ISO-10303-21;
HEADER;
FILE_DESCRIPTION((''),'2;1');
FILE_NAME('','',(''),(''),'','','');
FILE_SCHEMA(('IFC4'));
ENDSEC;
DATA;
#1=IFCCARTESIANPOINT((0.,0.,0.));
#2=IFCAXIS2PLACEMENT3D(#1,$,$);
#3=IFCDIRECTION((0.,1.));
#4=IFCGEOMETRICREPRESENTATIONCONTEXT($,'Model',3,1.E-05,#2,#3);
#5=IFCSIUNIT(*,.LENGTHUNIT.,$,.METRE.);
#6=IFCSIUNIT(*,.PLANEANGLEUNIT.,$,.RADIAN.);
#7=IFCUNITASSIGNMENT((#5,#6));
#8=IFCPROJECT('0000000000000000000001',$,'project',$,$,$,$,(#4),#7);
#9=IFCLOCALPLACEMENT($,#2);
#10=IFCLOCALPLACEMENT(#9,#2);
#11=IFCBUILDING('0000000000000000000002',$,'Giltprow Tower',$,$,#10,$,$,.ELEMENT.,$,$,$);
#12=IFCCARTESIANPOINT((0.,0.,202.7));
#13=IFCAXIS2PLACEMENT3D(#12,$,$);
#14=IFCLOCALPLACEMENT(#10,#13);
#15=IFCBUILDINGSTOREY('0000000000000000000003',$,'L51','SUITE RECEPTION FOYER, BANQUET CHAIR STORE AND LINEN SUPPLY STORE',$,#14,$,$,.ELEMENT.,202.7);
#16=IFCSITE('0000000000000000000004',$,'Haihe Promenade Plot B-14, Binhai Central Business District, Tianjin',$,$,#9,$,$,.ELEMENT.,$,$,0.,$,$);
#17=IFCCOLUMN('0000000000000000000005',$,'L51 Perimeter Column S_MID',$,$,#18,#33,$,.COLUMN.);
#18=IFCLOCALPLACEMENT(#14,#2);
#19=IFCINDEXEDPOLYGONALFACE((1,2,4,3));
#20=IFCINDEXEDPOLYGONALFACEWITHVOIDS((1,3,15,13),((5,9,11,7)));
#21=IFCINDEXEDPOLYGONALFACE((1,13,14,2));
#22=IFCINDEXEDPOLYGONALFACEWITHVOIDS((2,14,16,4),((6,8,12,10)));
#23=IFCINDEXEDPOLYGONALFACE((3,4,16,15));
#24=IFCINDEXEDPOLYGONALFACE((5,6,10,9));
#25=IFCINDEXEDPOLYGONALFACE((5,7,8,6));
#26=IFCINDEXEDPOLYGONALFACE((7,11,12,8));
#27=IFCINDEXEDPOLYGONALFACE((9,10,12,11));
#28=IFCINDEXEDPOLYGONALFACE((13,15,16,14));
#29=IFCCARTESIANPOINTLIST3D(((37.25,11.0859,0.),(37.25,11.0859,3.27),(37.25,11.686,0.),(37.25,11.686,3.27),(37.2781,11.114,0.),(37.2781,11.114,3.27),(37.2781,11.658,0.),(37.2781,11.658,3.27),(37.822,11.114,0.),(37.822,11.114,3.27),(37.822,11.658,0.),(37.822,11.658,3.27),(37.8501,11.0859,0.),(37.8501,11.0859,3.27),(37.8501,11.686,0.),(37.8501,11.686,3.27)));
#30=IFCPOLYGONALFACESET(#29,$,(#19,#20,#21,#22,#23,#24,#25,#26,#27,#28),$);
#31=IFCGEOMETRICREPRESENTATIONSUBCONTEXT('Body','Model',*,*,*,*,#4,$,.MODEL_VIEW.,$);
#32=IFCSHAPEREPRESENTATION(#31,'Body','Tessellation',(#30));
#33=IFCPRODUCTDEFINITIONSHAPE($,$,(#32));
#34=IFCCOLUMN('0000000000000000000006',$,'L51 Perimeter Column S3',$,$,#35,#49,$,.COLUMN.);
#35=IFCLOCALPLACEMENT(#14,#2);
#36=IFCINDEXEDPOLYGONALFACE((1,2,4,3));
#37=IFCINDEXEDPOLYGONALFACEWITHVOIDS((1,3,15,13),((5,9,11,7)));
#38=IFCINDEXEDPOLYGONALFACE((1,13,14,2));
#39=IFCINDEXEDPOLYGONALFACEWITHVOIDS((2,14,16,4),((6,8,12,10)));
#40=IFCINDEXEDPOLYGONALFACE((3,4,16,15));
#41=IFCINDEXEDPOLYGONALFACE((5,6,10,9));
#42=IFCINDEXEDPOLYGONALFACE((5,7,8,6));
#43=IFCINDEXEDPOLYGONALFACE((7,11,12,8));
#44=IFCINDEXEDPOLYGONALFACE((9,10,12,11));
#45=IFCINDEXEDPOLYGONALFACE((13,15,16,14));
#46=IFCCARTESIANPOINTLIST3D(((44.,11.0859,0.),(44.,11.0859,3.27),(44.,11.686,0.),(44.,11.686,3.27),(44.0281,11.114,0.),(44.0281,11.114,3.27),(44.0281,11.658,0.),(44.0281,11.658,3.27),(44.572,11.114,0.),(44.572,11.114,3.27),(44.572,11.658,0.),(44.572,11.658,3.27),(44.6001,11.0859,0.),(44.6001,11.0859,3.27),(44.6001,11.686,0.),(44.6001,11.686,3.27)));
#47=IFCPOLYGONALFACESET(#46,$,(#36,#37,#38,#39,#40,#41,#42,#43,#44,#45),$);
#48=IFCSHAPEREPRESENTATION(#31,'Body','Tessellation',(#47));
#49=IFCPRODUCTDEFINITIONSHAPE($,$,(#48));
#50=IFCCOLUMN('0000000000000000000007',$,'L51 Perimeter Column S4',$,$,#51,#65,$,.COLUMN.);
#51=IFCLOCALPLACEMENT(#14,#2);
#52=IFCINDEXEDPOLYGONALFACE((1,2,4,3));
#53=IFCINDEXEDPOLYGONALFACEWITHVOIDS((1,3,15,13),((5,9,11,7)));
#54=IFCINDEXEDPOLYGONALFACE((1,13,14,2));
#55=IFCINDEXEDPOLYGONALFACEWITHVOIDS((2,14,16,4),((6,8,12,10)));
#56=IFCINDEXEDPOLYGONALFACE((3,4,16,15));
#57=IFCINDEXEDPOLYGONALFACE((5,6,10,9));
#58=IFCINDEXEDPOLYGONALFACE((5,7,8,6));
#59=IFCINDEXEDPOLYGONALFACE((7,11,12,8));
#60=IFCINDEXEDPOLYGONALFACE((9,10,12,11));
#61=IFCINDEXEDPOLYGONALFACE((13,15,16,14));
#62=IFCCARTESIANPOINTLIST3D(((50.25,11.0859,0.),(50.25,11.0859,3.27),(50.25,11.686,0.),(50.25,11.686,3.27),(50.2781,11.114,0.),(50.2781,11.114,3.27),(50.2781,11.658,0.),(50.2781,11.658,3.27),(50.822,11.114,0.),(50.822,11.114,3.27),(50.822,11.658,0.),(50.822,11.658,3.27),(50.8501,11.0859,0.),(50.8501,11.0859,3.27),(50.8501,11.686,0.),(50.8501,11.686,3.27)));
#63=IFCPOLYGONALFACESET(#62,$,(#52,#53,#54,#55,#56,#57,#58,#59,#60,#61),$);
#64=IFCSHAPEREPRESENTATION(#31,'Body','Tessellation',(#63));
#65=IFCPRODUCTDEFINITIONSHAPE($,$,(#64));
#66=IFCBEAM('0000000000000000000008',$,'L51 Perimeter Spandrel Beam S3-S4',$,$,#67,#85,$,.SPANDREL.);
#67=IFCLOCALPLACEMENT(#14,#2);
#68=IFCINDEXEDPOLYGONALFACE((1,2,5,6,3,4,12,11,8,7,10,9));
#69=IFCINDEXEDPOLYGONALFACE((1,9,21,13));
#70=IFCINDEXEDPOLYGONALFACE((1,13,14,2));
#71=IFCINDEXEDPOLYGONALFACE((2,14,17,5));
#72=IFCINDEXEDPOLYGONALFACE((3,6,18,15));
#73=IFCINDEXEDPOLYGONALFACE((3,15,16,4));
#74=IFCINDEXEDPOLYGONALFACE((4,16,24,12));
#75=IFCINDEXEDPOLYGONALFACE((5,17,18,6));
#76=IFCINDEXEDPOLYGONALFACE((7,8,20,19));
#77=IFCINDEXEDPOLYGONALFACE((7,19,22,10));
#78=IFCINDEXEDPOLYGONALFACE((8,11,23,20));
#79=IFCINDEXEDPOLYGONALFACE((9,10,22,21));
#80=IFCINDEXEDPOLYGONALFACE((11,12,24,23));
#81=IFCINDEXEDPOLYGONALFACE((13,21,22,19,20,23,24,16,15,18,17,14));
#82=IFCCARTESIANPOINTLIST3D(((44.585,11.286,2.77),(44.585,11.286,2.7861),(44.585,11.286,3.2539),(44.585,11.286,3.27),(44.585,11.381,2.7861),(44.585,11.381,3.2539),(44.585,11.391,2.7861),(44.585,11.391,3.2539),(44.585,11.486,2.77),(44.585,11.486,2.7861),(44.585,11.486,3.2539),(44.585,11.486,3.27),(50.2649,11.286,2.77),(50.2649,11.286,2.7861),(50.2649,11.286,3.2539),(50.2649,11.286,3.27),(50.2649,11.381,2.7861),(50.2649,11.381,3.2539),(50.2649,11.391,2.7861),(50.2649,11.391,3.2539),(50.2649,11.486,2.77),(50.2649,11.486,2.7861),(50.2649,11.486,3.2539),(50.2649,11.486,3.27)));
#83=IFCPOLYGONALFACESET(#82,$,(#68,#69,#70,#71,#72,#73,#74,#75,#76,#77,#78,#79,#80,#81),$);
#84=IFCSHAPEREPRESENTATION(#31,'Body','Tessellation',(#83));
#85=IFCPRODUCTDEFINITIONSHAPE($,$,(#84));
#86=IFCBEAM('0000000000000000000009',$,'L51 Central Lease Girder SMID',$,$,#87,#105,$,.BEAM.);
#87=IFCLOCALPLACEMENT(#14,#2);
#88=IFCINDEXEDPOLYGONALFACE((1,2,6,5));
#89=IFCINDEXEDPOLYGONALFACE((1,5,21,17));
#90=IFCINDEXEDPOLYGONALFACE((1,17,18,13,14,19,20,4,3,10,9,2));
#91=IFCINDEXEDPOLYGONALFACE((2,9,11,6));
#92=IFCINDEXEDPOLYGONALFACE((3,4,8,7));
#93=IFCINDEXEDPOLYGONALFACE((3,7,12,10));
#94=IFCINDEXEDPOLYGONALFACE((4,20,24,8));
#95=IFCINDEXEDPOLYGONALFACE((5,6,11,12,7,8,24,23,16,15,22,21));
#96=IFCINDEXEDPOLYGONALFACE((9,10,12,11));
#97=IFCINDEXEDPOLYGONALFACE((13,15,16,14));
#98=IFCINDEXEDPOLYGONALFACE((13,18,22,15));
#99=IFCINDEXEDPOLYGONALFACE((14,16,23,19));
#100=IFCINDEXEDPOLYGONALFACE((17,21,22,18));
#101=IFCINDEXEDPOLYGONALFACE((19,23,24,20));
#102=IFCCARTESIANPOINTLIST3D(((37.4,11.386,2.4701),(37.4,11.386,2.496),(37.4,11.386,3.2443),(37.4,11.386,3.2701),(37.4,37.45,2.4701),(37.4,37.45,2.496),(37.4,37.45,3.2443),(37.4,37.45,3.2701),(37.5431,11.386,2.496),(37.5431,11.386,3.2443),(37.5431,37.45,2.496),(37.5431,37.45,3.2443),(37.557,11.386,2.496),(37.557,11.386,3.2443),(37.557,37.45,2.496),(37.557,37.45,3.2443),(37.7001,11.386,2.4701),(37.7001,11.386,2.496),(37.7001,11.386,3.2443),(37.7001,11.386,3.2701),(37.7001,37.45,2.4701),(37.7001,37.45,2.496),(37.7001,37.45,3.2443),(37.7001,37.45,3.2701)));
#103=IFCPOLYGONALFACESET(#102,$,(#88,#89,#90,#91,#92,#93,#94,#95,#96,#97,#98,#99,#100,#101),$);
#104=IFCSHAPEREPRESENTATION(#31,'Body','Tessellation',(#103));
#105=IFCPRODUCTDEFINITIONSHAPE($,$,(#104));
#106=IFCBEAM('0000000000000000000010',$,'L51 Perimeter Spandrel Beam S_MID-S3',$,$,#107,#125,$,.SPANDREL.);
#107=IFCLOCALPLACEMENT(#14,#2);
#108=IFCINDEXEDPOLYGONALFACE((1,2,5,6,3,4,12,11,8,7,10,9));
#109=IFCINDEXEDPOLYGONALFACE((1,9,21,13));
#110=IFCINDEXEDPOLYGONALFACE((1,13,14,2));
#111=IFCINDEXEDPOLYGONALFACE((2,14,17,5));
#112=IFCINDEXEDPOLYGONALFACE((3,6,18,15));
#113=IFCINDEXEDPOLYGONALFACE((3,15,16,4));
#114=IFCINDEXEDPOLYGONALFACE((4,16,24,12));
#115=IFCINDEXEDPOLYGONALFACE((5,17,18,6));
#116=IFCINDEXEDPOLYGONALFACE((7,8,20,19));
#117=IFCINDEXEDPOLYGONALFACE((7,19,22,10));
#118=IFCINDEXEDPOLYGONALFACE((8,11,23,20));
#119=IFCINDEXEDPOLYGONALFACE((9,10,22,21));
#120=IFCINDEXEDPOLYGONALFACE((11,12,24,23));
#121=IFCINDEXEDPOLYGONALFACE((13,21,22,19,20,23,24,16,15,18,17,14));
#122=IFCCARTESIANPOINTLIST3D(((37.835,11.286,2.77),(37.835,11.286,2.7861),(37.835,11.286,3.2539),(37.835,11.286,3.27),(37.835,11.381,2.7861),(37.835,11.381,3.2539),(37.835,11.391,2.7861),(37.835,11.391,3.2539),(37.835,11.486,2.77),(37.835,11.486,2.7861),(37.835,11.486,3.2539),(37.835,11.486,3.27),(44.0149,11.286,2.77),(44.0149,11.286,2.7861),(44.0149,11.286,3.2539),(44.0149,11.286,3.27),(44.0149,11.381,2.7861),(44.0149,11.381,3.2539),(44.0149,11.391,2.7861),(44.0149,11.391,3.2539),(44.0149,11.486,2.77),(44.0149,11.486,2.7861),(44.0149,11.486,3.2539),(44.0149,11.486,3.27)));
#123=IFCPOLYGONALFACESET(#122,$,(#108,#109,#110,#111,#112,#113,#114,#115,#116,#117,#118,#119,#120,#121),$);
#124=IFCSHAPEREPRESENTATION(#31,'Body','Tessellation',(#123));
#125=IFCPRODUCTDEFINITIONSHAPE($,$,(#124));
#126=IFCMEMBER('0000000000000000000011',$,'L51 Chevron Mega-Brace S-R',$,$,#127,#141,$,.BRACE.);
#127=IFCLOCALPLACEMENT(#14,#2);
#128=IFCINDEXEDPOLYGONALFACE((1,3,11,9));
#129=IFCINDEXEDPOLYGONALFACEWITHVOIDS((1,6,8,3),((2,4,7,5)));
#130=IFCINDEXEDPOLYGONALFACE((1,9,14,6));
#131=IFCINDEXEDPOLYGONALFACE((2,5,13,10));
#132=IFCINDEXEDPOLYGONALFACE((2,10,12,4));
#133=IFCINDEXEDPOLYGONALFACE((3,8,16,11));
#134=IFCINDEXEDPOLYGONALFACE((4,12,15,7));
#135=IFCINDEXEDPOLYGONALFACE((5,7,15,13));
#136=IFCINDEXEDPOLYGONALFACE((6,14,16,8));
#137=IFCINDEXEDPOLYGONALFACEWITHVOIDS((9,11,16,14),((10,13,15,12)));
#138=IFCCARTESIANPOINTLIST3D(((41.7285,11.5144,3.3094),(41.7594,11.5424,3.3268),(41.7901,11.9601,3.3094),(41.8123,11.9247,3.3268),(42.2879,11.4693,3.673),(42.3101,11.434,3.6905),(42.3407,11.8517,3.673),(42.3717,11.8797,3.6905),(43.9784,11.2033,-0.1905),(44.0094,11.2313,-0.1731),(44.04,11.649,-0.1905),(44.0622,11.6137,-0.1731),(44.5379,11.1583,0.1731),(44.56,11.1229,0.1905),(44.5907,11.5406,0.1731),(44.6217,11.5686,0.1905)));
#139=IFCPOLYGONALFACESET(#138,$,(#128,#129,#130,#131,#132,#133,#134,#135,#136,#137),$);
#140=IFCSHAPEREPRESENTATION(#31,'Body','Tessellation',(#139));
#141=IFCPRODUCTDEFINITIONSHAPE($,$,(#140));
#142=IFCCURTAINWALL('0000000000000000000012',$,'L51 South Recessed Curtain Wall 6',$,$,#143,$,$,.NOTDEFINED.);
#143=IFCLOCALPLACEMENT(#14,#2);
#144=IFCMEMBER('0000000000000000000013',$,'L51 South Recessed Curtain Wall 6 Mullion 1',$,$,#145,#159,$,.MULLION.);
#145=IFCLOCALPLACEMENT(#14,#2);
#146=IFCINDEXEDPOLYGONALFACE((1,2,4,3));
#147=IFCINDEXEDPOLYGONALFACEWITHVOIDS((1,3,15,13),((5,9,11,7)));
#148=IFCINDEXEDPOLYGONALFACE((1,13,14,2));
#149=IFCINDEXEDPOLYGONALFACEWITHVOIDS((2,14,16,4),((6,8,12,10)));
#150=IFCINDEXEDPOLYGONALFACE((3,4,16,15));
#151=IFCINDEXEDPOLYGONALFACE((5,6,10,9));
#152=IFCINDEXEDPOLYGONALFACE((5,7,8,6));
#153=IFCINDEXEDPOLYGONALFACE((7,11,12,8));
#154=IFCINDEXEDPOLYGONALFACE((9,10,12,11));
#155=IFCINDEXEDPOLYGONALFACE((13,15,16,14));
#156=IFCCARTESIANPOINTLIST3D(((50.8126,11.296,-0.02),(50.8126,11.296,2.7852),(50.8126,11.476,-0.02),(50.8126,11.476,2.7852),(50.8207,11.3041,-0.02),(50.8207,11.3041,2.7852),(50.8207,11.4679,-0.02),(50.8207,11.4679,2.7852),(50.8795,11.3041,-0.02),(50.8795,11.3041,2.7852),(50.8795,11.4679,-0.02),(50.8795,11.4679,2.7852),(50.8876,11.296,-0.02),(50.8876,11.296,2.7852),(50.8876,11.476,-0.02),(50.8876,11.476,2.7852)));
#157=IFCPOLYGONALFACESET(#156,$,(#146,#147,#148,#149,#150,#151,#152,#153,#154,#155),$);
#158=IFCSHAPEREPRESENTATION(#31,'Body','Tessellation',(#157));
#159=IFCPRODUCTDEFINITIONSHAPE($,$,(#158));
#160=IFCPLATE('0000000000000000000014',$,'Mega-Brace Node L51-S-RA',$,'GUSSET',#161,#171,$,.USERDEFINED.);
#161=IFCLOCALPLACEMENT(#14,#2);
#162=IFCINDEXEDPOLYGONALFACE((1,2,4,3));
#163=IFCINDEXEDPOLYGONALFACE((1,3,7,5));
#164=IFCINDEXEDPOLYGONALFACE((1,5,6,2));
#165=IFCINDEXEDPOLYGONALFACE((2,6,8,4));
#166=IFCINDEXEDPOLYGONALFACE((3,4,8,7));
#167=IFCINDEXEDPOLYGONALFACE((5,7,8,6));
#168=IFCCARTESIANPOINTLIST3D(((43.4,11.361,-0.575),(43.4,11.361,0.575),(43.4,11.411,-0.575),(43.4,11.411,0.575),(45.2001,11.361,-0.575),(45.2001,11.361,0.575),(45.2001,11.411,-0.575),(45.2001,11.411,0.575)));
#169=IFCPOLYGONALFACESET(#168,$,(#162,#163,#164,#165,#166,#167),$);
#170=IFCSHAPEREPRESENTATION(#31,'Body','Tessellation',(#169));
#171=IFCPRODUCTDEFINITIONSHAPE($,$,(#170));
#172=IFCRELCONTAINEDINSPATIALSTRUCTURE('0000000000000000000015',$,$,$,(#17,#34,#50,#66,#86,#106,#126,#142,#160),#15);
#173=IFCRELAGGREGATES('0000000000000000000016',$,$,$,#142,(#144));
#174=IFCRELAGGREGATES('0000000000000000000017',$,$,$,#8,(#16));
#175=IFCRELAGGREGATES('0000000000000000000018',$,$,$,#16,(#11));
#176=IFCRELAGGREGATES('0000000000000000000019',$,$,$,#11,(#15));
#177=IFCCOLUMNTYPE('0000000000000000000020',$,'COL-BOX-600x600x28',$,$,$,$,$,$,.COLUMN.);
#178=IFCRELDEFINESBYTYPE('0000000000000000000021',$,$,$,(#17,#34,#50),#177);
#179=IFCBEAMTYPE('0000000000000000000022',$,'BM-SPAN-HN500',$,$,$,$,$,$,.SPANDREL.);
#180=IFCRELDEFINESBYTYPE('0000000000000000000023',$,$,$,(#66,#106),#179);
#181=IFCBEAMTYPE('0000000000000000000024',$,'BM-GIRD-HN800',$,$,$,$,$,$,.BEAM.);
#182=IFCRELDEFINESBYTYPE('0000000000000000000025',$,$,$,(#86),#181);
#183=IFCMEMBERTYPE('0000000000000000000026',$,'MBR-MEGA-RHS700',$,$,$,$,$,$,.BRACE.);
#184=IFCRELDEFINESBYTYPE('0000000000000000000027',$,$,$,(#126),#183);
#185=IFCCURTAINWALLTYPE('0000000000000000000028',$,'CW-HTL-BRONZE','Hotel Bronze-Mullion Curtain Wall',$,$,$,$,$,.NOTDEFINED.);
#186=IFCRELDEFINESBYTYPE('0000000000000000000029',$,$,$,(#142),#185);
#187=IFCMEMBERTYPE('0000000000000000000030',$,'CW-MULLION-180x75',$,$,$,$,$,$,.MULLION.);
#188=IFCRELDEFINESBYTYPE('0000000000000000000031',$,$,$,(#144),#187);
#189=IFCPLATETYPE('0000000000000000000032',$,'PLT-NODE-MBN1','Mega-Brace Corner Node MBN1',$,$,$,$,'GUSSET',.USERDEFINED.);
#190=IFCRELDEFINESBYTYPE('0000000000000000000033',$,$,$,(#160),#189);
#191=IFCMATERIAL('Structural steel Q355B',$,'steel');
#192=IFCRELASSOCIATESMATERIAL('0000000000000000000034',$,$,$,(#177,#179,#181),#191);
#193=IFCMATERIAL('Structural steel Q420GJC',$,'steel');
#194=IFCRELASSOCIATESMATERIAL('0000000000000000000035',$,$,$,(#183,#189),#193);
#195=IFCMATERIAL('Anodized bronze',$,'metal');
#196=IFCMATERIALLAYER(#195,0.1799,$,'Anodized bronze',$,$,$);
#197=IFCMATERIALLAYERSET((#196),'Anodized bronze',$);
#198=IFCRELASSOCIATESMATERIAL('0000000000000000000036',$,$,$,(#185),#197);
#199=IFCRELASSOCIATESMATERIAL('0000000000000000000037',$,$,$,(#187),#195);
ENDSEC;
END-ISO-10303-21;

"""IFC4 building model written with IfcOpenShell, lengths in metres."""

from ifc_helpers import new_model, si_unit, direction, frame, origin, origin_2d, place, context, subcontext, project, spatial, rectangle, hollow_rectangle, i_section, extrude, source, transform, mapped, material, layer, layer_set, material_profile, profile_set, type_object, element, aggregate, save


model = new_model("IFC4")

# Units and contexts
model_context = context("Model", 3, precision=1e-05, world=origin(), true_north=direction((0.0, 1.0)))
body_context = subcontext(model_context, "Body", "Model", "MODEL_VIEW")
ifc_project = project(units=[si_unit("LENGTHUNIT", "METRE"), si_unit("PLANEANGLEUNIT", "RADIAN")], contexts=[model_context])

# Site, building, storey
site_placement = place(None, origin())
site = spatial("IfcSite", under=ifc_project, at=site_placement, Name="Haihe Promenade Plot B-14, Binhai Central Business District, Tianjin", CompositionType="ELEMENT", RefElevation=0.0)
building_placement = place(site_placement, origin())
building = spatial("IfcBuilding", under=site, at=building_placement, Name="Giltprow Tower", CompositionType="ELEMENT")
storey_placement = place(building_placement, frame((0.0, 0.0, 202.7)))
storey = spatial("IfcBuildingStorey", under=building, at=storey_placement, Name="L51", Description="SUITE RECEPTION FOYER, BANQUET CHAIR STORE AND LINEN SUPPLY STORE", CompositionType="ELEMENT", Elevation=202.7)

# Columns
ifc_material_1 = material(Name="Structural steel Q355B", Category="steel")
ifc_material_profile_1 = material_profile(ifc_material_1, hollow_rectangle(XDim=0.6001, YDim=0.6001, WallThickness=0.0281, at=origin_2d()), Name="BOX 600x600x28")
ifc_profile_set_1 = profile_set([ifc_material_profile_1], Name="Structural steel Q355B")
column_type = type_object("IfcColumnType", Name="COL-BOX-600x600x28", PredefinedType="COLUMN", material=ifc_profile_set_1)
shared_shape_1 = source(origin(), body_context, "Body", "SweptSolid", [
    extrude(hollow_rectangle(XDim=0.6001, YDim=0.6001, WallThickness=0.0281, at=origin_2d()), origin(), (0.0, 0.0, 1.0), 3.27),
])
for number, where, z_axis, x_axis, name in (
    (1, (37.55, 11.386, 0.0), (0.0, 0.0, 1.0), (1.0, 0.0, 0.0), "L51 Perimeter Column S_MID"),
    (2, (44.3, 11.386, 0.0), (0.0, 0.0, 1.0), (1.0, 0.0, 0.0), "L51 Perimeter Column S3"),
    (3, (50.55, 11.386, 0.0), (0.0, 0.0, 1.0), (1.0, 0.0, 0.0), "L51 Perimeter Column S4"),
):
    element("IfcColumn", number, at=place(storey_placement, frame(where, z_axis=z_axis, x_axis=x_axis)), inside=storey, type_object=column_type, Name=name, PredefinedType="COLUMN", context=body_context, shape_type="MappedRepresentation", body=[
        mapped(shared_shape_1, transform((0.0, 0.0, 0.0), x_axis=(1.0, 0.0, 0.0), y_axis=(0.0, 1.0, 0.0), z_axis=(0.0, 0.0, 1.0), scale=1.0)),
    ])

# Beams
ifc_material_profile_2 = material_profile(ifc_material_1, i_section(OverallWidth=0.2, OverallDepth=0.5, WebThickness=0.01, FlangeThickness=0.0161, at=origin_2d()), Name="HN 500x200x10x16")
ifc_profile_set_2 = profile_set([ifc_material_profile_2], Name="Structural steel Q355B")
beam_type_1 = type_object("IfcBeamType", Name="BM-SPAN-HN500", PredefinedType="SPANDREL", material=ifc_profile_set_2)
shared_shape_2 = source(origin(), body_context, "Body", "SweptSolid", [
    extrude(i_section(OverallWidth=0.2, OverallDepth=0.5, WebThickness=0.01, FlangeThickness=0.0161, at=origin_2d()), origin(), (0.0, 0.0, 1.0), 5.6799),
])
beam_1_placement = place(storey_placement, frame((44.585, 11.386, 3.02), z_axis=(1.0, 0.0, 0.0), x_axis=(0.0, 1.0, 0.0)))
element("IfcBeam", 4, at=beam_1_placement, inside=storey, type_object=beam_type_1, Name="L51 Perimeter Spandrel Beam S3-S4", PredefinedType="SPANDREL", context=body_context, shape_type="MappedRepresentation", body=[
    mapped(shared_shape_2, transform((0.0, 0.0, 0.0), x_axis=(1.0, 0.0, 0.0), y_axis=(0.0, 1.0, 0.0), z_axis=(0.0, 0.0, 1.0), scale=1.0)),
])
ifc_material_profile_3 = material_profile(ifc_material_1, i_section(OverallWidth=0.3, OverallDepth=0.8, WebThickness=0.0139, FlangeThickness=0.0259, at=origin_2d()), Name="HN 800x300x14x26")
ifc_profile_set_3 = profile_set([ifc_material_profile_3], Name="Structural steel Q355B")
beam_type_2 = type_object("IfcBeamType", Name="BM-GIRD-HN800", PredefinedType="BEAM", material=ifc_profile_set_3)
shared_shape_3 = source(origin(), body_context, "Body", "SweptSolid", [
    extrude(i_section(OverallWidth=0.3, OverallDepth=0.8, WebThickness=0.0139, FlangeThickness=0.0259, at=origin_2d()), origin(), (0.0, 0.0, 1.0), 26.064),
])
beam_2_placement = place(storey_placement, frame((37.55, 11.386, 2.8701), z_axis=(0.0, 1.0, 0.0), x_axis=(-1.0, 0.0, 0.0)))
element("IfcBeam", 5, at=beam_2_placement, inside=storey, type_object=beam_type_2, Name="L51 Central Lease Girder SMID", PredefinedType="BEAM", context=body_context, shape_type="MappedRepresentation", body=[
    mapped(shared_shape_3, transform((0.0, 0.0, 0.0), x_axis=(1.0, 0.0, 0.0), y_axis=(0.0, 1.0, 0.0), z_axis=(0.0, 0.0, 1.0), scale=1.0)),
])
shared_shape_4 = source(origin(), body_context, "Body", "SweptSolid", [
    extrude(i_section(OverallWidth=0.2, OverallDepth=0.5, WebThickness=0.01, FlangeThickness=0.0161, at=origin_2d()), origin(), (0.0, 0.0, 1.0), 6.1799),
])
beam_3_placement = place(storey_placement, frame((37.835, 11.386, 3.02), z_axis=(1.0, 0.0, 0.0), x_axis=(0.0, 1.0, 0.0)))
element("IfcBeam", 6, at=beam_3_placement, inside=storey, type_object=beam_type_1, Name="L51 Perimeter Spandrel Beam S_MID-S3", PredefinedType="SPANDREL", context=body_context, shape_type="MappedRepresentation", body=[
    mapped(shared_shape_4, transform((0.0, 0.0, 0.0), x_axis=(1.0, 0.0, 0.0), y_axis=(0.0, 1.0, 0.0), z_axis=(0.0, 0.0, 1.0), scale=1.0)),
])

# Member
ifc_material_2 = material(Name="Structural steel Q420GJC", Category="steel")
ifc_material_profile_4 = material_profile(ifc_material_2, hollow_rectangle(XDim=0.45, YDim=0.7, WallThickness=0.032, at=origin_2d()), Name="RHS 700x450x32")
ifc_profile_set_4 = profile_set([ifc_material_profile_4], Name="Structural steel Q420GJC")
member_type_1 = type_object("IfcMemberType", Name="MBR-MEGA-RHS700", PredefinedType="BRACE", material=ifc_profile_set_4)
shared_shape_5 = source(origin(), body_context, "Body", "SweptSolid", [
    extrude(hollow_rectangle(XDim=0.45, YDim=0.7, WallThickness=0.032, at=origin_2d()), origin(), (0.0, 0.0, 1.0), 4.1724),
])
member_1_placement = place(storey_placement, frame((44.3, 11.386, 0.0), z_axis=(-0.539253, 0.074545, 0.838838), x_axis=(-0.136936, -0.99058, 0.0)))
element("IfcMember", 7, at=member_1_placement, inside=storey, type_object=member_type_1, Name="L51 Chevron Mega-Brace S-R", PredefinedType="BRACE", context=body_context, shape_type="MappedRepresentation", body=[
    mapped(shared_shape_5, transform((0.0, 0.0, 0.0), x_axis=(1.0, 0.0, 0.0), y_axis=(0.0, 1.0, 0.0), z_axis=(0.0, 0.0, 1.0), scale=1.0)),
])

# Curtain wall, member
ifc_material_3 = material(Name="Anodized bronze", Category="metal")
ifc_layer_1 = layer(ifc_material_3, 0.1799, Name="Anodized bronze")
ifc_layer_set_1 = layer_set([ifc_layer_1], Name="Anodized bronze")
curtain_wall_type = type_object("IfcCurtainWallType", Name="CW-HTL-BRONZE", Description="Hotel Bronze-Mullion Curtain Wall", PredefinedType="NOTDEFINED", material=ifc_layer_set_1)
curtain_wall_placement = place(storey_placement, origin())
curtain_wall = element("IfcCurtainWall", 8, at=curtain_wall_placement, inside=storey, type_object=curtain_wall_type, Name="L51 South Recessed Curtain Wall 6", PredefinedType="NOTDEFINED")
ifc_material_profile_5 = material_profile(ifc_material_3, hollow_rectangle(XDim=0.075, YDim=0.1799, WallThickness=0.0081, at=origin_2d()), Name="RHS 180x75x8")
ifc_profile_set_5 = profile_set([ifc_material_profile_5], Name="Anodized bronze")
member_type_2 = type_object("IfcMemberType", Name="CW-MULLION-180x75", PredefinedType="MULLION", material=ifc_profile_set_5)
shared_shape_6 = source(origin(), body_context, "Body", "SweptSolid", [
    extrude(hollow_rectangle(XDim=0.075, YDim=0.1799, WallThickness=0.0081, at=origin_2d()), origin(), (0.0, 0.0, 1.0), 2.8052),
])
member_2_placement = place(storey_placement, frame((50.8501, 11.386, -0.02), z_axis=(0.0, 0.0, 1.0), x_axis=(1.0, 0.0, 0.0)))
member_2 = element("IfcMember", 9, at=member_2_placement, type_object=member_type_2, Name="L51 South Recessed Curtain Wall 6 Mullion 1", PredefinedType="MULLION", context=body_context, shape_type="MappedRepresentation", body=[
    mapped(shared_shape_6, transform((0.0, 0.0, 0.0), x_axis=(1.0, 0.0, 0.0), y_axis=(0.0, 1.0, 0.0), z_axis=(0.0, 0.0, 1.0), scale=1.0)),
])
aggregate(curtain_wall, [member_2])

# Plate
plate_type = type_object("IfcPlateType", Name="PLT-NODE-MBN1", Description="Mega-Brace Corner Node MBN1", ElementType="GUSSET", PredefinedType="USERDEFINED", material=ifc_material_2)
shared_shape_7 = source(origin(), body_context, "Body", "SweptSolid", [
    extrude(rectangle(XDim=1.8, YDim=0.05, at=origin_2d()), origin(), (0.0, 0.0, 1.0), 1.1499),
])
plate_placement = place(storey_placement, frame((44.3, 11.386, -0.575), z_axis=(0.0, 0.0, 1.0), x_axis=(1.0, 0.0, 0.0)))
element("IfcPlate", 10, at=plate_placement, inside=storey, type_object=plate_type, Name="Mega-Brace Node L51-S-RA", ObjectType="GUSSET", PredefinedType="USERDEFINED", context=body_context, shape_type="MappedRepresentation", body=[
    mapped(shared_shape_7, transform((0.0, 0.0, 0.0), x_axis=(1.0, 0.0, 0.0), y_axis=(0.0, 1.0, 0.0), z_axis=(0.0, 0.0, 1.0), scale=1.0)),
])

save(model, "model.ifc")
